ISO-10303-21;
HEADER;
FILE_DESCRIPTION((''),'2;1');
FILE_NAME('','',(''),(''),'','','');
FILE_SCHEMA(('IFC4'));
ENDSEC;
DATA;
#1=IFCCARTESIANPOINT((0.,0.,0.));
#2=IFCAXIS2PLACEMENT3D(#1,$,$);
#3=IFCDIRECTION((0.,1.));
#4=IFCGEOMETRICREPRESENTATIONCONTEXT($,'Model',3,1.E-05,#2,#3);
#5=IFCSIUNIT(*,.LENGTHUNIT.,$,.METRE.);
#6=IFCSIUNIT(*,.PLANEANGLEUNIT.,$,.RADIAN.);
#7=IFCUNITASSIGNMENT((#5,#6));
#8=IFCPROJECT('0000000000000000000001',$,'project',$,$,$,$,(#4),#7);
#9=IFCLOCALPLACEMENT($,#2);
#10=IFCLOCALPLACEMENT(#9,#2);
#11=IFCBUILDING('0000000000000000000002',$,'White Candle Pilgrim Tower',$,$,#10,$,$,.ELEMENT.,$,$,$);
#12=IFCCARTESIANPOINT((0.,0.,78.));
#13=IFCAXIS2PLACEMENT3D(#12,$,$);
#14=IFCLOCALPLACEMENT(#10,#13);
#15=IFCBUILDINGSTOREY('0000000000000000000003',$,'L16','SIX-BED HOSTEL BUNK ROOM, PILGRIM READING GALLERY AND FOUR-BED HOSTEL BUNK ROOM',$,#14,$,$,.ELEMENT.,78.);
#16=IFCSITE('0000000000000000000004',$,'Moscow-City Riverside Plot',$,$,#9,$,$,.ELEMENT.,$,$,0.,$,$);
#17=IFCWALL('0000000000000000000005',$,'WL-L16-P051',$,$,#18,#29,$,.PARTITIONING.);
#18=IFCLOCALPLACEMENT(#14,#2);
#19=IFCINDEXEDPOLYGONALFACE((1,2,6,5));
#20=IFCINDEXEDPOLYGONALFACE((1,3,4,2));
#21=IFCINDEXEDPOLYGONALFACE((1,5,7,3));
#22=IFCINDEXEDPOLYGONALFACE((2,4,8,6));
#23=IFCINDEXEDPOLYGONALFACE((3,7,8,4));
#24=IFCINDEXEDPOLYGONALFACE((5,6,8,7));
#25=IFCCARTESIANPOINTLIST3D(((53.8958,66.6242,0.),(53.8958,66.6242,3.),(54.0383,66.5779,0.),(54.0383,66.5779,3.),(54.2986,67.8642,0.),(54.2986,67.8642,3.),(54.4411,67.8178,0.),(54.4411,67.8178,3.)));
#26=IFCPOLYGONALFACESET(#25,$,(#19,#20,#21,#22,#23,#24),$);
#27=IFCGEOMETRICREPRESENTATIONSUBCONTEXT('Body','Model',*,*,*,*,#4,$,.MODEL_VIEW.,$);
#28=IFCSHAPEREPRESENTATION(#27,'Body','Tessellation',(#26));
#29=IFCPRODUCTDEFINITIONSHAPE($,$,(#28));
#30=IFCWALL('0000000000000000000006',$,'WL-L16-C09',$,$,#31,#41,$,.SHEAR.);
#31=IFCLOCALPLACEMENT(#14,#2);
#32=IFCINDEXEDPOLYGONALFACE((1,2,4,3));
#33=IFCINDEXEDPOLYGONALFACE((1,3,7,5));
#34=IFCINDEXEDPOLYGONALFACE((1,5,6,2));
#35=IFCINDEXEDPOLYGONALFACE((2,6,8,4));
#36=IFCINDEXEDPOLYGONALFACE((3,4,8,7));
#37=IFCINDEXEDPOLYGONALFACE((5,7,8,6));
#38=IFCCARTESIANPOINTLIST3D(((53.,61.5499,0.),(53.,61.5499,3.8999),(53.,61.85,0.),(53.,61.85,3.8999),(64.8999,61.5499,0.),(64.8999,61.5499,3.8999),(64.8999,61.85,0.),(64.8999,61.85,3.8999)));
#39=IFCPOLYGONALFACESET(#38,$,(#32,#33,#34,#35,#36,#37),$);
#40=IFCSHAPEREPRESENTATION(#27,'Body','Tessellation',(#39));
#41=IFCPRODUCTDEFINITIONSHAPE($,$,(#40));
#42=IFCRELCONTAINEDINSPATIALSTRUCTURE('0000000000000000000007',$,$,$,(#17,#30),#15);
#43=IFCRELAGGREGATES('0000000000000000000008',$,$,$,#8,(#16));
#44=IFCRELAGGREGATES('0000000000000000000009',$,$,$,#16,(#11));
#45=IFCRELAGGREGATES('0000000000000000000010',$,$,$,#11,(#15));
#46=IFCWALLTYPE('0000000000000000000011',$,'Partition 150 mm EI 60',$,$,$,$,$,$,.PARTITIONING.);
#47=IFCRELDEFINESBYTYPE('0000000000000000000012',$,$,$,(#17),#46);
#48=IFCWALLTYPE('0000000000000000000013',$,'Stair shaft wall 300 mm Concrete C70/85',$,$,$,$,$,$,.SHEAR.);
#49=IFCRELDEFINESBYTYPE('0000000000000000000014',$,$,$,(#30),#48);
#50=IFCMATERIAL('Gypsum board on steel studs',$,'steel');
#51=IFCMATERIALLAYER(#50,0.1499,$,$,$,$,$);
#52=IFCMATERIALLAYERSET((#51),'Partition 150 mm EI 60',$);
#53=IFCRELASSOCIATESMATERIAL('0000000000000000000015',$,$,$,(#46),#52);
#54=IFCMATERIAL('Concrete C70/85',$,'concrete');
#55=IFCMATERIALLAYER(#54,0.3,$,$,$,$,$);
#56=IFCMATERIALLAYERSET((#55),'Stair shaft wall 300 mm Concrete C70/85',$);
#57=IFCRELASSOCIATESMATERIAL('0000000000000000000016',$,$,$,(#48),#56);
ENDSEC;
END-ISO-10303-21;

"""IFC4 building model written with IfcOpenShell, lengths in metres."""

from ifc_helpers import new_model, si_unit, direction, frame, frame_2d, origin, place, context, subcontext, project, spatial, rectangle, extrude, material, layer, layer_set, type_object, element, save


model = new_model("IFC4")

# Units and contexts
model_context = context("Model", 3, precision=1e-05, world=origin(), true_north=direction((0.0, 1.0)))
body_context = subcontext(model_context, "Body", "Model", "MODEL_VIEW")
ifc_project = project(units=[si_unit("LENGTHUNIT", "METRE"), si_unit("PLANEANGLEUNIT", "RADIAN")], contexts=[model_context])

# Site, building, storey
site_placement = place(None, origin())
site = spatial("IfcSite", under=ifc_project, at=site_placement, Name="Moscow-City Riverside Plot", CompositionType="ELEMENT", RefElevation=0.0)
building_placement = place(site_placement, origin())
building = spatial("IfcBuilding", under=site, at=building_placement, Name="White Candle Pilgrim Tower", CompositionType="ELEMENT")
storey_placement = place(building_placement, frame((0.0, 0.0, 78.0)))
storey = spatial("IfcBuildingStorey", under=building, at=storey_placement, Name="L16", Description="SIX-BED HOSTEL BUNK ROOM, PILGRIM READING GALLERY AND FOUR-BED HOSTEL BUNK ROOM", CompositionType="ELEMENT", Elevation=78.0)

# Walls
ifc_material_1 = material(Name="Gypsum board on steel studs", Category="steel")
ifc_layer_1 = layer(ifc_material_1, 0.1499)
ifc_layer_set_1 = layer_set([ifc_layer_1], Name="Partition 150 mm EI 60")
wall_type_1 = type_object("IfcWallType", Name="Partition 150 mm EI 60", PredefinedType="PARTITIONING", material=ifc_layer_set_1)
wall_1_placement = place(storey_placement, frame((53.967, 66.6011, 0.0), z_axis=(0.0, 0.0, 1.0), x_axis=(0.308972, 0.951071, 0.0)))
element("IfcWall", 1, at=wall_1_placement, inside=storey, type_object=wall_type_1, Name="WL-L16-P051", PredefinedType="PARTITIONING", context=body_context, shape_type="SweptSolid", body=[
    extrude(rectangle(XDim=1.3037, YDim=0.1499, at=frame_2d((0.6519, 0.0))), origin(), (0.0, 0.0, 1.0), 3.0),
])
ifc_material_2 = material(Name="Concrete C70/85", Category="concrete")
ifc_layer_2 = layer(ifc_material_2, 0.3)
ifc_layer_set_2 = layer_set([ifc_layer_2], Name="Stair shaft wall 300 mm Concrete C70/85")
wall_type_2 = type_object("IfcWallType", Name="Stair shaft wall 300 mm Concrete C70/85", PredefinedType="SHEAR", material=ifc_layer_set_2)
wall_2_placement = place(storey_placement, frame((53.0, 61.7, 0.0), z_axis=(0.0, 0.0, 1.0), x_axis=(1.0, 0.0, 0.0)))
element("IfcWall", 2, at=wall_2_placement, inside=storey, type_object=wall_type_2, Name="WL-L16-C09", PredefinedType="SHEAR", context=body_context, shape_type="SweptSolid", body=[
    extrude(rectangle(XDim=11.8999, YDim=0.3, at=frame_2d((5.95, 0.0))), origin(), (0.0, 0.0, 1.0), 3.8999),
])

save(model, "model.ifc")
